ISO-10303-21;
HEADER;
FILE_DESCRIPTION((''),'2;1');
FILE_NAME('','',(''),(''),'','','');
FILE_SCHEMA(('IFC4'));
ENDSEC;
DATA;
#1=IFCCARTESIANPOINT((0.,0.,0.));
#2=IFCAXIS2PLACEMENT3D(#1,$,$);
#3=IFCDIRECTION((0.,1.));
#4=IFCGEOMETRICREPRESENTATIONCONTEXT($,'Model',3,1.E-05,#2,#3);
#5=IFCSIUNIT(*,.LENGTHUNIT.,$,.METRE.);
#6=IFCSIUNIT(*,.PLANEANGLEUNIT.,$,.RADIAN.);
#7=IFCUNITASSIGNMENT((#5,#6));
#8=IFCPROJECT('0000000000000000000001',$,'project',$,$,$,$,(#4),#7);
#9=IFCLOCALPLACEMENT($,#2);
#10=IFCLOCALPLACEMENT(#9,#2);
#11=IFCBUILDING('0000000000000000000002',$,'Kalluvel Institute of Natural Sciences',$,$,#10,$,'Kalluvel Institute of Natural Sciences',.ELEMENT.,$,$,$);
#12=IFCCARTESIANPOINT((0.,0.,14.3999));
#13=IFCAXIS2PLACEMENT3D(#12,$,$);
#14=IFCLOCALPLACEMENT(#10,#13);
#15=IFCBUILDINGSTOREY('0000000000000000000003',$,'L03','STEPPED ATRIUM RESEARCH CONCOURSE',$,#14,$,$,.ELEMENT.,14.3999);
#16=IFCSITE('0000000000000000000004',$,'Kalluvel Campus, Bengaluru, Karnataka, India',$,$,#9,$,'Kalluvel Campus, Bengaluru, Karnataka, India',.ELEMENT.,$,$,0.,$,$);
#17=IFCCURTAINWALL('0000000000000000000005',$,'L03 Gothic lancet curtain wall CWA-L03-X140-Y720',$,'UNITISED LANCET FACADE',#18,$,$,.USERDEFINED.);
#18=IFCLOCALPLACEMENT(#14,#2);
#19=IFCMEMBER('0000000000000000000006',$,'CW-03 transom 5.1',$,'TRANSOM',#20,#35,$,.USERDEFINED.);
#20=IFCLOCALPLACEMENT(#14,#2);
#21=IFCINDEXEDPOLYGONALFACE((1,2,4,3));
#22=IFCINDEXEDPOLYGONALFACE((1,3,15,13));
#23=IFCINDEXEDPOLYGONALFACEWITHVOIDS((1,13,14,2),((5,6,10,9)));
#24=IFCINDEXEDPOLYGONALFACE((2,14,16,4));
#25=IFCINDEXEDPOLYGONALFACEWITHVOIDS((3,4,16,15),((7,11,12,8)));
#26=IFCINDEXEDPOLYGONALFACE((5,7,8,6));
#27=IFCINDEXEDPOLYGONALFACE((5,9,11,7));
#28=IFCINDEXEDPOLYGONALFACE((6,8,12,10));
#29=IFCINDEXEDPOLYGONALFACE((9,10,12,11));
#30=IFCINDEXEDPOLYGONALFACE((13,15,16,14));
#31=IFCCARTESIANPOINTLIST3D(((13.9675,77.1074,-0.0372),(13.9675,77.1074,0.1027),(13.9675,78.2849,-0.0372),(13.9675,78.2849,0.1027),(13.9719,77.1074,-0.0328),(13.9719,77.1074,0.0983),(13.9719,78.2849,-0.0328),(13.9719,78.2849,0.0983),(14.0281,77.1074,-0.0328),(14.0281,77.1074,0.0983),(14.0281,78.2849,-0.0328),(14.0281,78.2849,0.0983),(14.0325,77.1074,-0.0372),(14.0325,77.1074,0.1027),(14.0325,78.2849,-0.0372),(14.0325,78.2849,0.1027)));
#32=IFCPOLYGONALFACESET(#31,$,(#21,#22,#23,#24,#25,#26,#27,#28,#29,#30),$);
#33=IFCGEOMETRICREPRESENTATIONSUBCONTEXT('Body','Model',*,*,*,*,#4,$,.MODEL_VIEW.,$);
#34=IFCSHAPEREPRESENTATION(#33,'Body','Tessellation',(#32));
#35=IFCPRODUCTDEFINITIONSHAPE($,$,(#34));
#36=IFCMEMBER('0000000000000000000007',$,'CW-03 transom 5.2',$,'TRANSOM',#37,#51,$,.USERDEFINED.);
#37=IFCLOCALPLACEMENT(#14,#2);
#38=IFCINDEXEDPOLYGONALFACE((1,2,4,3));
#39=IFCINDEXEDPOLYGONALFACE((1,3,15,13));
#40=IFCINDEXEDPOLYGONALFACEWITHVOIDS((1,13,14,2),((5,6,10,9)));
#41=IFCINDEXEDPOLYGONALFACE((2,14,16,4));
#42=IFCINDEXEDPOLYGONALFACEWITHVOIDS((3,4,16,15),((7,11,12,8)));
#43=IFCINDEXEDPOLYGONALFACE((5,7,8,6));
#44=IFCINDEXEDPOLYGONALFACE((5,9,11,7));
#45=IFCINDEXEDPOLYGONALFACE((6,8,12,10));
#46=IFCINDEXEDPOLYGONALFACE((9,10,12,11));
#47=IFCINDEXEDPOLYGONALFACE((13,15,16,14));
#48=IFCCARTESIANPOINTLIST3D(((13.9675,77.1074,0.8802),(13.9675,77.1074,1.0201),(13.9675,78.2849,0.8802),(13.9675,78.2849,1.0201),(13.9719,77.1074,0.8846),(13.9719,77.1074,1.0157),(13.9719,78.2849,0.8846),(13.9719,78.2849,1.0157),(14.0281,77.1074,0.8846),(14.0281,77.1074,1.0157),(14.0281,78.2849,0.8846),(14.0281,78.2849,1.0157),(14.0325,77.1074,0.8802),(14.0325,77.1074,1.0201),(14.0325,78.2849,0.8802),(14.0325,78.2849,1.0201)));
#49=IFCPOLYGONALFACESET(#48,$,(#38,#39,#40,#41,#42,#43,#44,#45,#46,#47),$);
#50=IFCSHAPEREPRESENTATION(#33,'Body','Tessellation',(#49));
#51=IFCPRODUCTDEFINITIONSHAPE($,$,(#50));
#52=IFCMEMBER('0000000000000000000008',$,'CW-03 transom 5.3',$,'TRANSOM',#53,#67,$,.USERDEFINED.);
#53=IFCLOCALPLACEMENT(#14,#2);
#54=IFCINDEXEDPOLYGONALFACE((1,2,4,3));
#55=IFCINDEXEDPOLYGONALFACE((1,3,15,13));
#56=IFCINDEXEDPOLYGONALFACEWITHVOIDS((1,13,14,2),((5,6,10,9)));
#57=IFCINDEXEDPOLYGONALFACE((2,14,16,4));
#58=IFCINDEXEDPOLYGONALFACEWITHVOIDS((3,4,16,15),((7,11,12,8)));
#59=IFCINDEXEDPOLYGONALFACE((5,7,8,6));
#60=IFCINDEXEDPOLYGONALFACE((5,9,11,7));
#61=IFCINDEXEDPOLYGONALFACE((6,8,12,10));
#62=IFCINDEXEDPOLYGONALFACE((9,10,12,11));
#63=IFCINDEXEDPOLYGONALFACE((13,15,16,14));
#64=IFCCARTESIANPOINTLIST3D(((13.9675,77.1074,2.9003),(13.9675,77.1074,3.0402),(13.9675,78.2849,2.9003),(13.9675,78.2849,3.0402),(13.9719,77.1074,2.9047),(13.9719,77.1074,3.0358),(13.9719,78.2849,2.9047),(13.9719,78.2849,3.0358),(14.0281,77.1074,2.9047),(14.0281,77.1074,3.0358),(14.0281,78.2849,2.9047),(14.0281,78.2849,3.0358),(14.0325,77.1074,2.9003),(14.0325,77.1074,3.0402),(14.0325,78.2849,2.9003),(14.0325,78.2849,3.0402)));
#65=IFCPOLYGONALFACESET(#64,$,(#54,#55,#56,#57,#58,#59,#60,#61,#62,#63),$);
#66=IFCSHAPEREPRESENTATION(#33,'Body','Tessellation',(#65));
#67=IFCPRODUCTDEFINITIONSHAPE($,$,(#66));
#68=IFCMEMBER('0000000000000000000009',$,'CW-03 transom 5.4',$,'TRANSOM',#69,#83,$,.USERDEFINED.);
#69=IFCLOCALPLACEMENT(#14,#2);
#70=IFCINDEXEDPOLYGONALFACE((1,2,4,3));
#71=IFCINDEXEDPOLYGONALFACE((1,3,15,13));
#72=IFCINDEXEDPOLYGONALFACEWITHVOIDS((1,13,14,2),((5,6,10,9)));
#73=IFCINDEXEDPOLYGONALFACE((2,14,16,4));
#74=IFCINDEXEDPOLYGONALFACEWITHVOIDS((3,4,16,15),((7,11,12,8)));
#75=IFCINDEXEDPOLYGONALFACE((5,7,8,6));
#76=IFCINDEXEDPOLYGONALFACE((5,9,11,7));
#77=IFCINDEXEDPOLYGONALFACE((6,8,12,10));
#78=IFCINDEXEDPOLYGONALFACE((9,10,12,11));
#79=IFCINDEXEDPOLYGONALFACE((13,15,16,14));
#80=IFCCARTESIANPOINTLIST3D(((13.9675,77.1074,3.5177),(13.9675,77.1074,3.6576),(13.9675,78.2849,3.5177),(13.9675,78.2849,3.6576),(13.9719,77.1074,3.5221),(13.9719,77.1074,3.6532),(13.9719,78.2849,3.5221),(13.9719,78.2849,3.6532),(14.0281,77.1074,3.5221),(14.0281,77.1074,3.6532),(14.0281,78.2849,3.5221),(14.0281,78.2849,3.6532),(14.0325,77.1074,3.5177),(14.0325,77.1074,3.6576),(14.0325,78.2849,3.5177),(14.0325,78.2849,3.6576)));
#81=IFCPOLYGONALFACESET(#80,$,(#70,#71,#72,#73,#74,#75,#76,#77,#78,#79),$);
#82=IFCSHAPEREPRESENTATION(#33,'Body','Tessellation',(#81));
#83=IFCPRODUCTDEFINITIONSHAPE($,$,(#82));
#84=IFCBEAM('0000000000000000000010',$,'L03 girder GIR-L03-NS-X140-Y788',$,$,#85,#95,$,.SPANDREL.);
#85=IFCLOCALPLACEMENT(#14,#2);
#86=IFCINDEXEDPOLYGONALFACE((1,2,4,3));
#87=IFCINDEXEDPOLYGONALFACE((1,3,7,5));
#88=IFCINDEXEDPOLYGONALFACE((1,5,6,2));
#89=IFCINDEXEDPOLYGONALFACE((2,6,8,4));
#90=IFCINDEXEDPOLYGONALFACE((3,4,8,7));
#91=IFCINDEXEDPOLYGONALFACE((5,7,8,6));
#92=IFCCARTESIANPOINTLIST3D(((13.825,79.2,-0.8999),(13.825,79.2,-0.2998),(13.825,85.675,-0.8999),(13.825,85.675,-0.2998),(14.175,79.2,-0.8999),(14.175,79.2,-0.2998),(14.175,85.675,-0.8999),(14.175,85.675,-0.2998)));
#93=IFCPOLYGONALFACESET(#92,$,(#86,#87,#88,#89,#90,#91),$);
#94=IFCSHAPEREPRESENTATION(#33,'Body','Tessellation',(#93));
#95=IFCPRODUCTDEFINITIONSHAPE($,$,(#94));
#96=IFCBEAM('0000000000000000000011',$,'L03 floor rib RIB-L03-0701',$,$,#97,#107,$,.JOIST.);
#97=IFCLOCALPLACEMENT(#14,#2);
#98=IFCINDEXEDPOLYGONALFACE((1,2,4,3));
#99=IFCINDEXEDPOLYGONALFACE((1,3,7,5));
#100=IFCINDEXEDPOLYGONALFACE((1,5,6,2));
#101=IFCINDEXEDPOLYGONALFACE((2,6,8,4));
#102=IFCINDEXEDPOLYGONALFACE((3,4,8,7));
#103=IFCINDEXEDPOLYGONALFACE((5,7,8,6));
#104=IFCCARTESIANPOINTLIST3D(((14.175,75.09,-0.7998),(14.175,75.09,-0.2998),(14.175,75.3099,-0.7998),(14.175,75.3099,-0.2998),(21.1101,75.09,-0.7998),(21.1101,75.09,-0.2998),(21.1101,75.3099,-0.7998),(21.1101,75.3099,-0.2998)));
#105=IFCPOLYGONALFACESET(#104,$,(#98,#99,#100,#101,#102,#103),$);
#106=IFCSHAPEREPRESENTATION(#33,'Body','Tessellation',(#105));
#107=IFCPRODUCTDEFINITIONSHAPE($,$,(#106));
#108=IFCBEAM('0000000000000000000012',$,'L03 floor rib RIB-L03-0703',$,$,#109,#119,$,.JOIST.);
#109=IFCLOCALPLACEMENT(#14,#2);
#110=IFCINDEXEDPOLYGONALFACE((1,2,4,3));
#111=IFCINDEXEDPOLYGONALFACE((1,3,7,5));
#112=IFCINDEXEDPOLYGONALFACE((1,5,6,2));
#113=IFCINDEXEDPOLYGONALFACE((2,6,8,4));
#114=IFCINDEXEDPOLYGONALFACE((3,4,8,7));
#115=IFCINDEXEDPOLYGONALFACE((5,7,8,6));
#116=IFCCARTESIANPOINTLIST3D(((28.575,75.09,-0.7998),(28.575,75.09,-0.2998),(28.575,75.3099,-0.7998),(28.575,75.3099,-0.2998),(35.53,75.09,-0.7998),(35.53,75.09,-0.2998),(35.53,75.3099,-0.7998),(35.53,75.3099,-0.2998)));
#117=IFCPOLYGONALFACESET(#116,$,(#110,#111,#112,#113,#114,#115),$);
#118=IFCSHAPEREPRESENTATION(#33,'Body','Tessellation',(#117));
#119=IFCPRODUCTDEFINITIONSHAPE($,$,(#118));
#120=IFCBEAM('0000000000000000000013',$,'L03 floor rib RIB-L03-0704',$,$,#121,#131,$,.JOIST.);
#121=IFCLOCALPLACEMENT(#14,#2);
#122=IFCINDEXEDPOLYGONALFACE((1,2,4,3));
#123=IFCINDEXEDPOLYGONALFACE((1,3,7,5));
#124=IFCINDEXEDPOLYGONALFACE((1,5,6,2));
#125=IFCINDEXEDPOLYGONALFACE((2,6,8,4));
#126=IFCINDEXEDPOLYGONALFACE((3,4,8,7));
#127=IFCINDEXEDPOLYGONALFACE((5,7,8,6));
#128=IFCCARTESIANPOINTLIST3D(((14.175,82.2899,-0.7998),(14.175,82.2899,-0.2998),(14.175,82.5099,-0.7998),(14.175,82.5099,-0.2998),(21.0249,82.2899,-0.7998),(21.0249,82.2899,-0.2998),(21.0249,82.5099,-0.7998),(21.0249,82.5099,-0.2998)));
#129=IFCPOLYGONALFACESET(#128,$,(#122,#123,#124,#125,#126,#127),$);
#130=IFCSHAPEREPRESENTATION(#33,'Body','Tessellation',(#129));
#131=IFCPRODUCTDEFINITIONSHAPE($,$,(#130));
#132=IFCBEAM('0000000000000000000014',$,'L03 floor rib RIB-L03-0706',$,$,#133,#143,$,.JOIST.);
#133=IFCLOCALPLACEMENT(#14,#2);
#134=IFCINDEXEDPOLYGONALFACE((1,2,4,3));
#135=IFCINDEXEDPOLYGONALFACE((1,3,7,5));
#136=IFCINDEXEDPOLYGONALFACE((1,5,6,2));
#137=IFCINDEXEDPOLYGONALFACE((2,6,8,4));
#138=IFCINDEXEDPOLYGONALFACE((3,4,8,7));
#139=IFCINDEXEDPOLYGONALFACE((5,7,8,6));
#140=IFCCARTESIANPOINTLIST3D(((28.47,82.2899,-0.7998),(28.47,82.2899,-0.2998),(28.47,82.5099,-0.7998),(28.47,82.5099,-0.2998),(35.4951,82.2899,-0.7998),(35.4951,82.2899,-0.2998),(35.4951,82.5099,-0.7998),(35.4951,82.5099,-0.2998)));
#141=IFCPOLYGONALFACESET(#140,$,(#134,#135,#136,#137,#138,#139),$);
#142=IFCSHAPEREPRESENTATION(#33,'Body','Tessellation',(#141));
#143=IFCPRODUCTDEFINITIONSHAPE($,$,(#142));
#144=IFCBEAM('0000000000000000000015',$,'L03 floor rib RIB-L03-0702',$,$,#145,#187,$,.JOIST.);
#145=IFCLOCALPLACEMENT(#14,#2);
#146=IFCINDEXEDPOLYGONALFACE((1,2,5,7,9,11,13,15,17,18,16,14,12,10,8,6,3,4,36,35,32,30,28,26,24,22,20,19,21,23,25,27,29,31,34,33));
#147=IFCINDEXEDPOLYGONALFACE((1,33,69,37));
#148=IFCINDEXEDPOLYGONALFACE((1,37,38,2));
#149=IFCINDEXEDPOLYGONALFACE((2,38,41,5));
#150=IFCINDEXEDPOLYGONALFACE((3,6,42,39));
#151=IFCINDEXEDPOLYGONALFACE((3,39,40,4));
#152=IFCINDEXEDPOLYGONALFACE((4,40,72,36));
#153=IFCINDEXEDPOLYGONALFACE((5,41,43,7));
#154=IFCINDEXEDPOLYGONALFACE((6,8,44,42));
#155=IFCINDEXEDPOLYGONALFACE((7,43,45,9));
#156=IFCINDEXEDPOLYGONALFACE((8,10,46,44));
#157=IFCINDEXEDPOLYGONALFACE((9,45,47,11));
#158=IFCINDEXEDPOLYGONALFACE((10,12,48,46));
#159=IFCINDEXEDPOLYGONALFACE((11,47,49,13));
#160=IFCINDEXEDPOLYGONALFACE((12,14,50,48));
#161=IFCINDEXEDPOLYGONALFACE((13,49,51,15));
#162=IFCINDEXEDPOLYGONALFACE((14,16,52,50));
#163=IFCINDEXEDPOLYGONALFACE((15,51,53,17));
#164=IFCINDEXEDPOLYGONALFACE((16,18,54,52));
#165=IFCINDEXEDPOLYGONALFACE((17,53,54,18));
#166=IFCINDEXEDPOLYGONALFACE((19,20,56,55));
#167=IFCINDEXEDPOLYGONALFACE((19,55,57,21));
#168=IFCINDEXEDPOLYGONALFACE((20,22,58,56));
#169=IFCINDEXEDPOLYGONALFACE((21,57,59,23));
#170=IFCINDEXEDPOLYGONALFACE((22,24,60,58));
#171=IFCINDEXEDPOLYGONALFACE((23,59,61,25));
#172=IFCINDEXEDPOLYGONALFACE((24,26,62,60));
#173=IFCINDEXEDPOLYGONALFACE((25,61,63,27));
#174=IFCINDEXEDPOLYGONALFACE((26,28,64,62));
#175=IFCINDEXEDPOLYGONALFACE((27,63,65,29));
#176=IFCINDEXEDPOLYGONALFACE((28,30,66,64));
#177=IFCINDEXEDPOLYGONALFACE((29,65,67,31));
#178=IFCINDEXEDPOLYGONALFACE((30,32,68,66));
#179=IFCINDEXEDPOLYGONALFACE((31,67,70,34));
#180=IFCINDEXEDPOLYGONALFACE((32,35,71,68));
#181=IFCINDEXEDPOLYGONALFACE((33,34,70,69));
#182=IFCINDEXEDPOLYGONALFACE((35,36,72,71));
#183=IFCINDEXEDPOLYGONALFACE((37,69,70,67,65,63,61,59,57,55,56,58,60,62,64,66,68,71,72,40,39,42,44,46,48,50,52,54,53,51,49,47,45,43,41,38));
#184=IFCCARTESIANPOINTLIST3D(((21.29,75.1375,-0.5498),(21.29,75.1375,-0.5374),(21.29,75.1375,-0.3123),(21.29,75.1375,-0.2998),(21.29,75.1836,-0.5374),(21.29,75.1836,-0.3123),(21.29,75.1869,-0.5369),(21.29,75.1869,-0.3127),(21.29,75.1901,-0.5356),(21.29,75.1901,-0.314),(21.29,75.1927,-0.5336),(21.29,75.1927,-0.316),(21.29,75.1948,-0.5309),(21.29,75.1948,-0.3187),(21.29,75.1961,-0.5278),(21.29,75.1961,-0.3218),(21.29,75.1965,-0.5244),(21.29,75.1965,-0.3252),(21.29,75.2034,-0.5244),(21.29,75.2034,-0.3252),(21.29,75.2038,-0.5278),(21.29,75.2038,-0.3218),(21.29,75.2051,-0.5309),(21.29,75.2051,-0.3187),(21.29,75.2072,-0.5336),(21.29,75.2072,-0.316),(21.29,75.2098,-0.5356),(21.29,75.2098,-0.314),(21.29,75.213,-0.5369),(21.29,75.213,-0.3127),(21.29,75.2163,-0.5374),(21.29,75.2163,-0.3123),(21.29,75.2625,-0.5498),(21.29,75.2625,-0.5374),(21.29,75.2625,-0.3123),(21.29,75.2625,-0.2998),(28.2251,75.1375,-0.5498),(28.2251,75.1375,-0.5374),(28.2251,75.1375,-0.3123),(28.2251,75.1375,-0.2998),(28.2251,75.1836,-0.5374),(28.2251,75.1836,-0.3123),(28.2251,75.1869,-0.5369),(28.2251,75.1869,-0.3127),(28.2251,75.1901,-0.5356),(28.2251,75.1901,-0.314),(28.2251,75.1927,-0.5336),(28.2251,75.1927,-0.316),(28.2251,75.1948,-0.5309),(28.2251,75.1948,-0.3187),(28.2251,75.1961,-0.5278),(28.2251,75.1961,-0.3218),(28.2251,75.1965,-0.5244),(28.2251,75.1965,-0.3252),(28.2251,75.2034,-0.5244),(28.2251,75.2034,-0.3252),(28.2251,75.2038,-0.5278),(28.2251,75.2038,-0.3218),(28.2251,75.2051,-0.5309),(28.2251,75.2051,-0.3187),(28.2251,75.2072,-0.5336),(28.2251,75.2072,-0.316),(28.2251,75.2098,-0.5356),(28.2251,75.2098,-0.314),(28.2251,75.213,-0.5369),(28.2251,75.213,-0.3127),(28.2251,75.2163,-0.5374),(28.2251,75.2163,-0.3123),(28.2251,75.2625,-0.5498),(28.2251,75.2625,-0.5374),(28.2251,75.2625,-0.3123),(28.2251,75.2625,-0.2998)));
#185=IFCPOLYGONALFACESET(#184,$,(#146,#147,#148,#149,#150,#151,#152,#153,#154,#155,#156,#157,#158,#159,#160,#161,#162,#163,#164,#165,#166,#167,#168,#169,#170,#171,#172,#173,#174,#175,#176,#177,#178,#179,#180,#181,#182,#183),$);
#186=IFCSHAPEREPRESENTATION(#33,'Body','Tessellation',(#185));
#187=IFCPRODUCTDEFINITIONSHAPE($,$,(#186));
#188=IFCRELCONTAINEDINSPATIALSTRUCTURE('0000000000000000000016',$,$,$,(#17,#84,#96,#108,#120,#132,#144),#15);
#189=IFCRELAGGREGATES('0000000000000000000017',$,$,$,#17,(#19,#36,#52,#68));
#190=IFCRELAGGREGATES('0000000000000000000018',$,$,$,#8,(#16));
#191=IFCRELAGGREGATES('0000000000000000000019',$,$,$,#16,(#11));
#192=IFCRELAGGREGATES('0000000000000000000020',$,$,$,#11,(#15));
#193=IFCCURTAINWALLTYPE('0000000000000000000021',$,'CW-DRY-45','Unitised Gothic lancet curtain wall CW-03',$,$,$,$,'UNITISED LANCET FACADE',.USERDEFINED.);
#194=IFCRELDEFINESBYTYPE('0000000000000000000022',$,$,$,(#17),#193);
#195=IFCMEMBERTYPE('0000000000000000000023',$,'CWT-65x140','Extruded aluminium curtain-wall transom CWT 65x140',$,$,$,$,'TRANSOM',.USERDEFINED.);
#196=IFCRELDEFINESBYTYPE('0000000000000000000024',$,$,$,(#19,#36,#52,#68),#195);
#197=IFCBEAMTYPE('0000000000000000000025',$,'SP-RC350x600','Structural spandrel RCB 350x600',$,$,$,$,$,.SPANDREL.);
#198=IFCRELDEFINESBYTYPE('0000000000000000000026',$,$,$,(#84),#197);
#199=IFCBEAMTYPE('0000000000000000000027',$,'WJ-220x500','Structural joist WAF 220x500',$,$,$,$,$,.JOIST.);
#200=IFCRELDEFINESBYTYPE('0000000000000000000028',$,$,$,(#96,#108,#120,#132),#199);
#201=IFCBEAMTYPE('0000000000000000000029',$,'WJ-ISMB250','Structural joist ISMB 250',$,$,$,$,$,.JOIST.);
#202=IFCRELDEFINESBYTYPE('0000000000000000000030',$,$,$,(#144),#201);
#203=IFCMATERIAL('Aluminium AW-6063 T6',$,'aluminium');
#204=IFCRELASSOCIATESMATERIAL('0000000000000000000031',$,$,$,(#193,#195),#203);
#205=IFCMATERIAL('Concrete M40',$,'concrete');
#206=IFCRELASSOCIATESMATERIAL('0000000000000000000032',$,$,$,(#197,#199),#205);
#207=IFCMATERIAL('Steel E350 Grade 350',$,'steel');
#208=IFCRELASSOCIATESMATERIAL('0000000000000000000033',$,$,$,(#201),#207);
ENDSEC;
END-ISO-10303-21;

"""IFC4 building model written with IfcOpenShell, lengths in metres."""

from ifc_helpers import new_model, si_unit, direction, frame, origin, origin_2d, place, context, subcontext, project, spatial, rectangle, hollow_rectangle, i_section, extrude, material, material_profile, profile_set, type_object, element, aggregate, save


model = new_model("IFC4")

# Units and contexts
model_context = context("Model", 3, precision=1e-05, world=origin(), true_north=direction((0.0, 1.0)))
body_context = subcontext(model_context, "Body", "Model", "MODEL_VIEW")
ifc_project = project(units=[si_unit("LENGTHUNIT", "METRE"), si_unit("PLANEANGLEUNIT", "RADIAN")], contexts=[model_context])

# Site, building, storey
site_placement = place(None, origin())
site = spatial("IfcSite", under=ifc_project, at=site_placement, Name="Kalluvel Campus, Bengaluru, Karnataka, India", LongName="Kalluvel Campus, Bengaluru, Karnataka, India", CompositionType="ELEMENT", RefElevation=0.0)
building_placement = place(site_placement, origin())
building = spatial("IfcBuilding", under=site, at=building_placement, Name="Kalluvel Institute of Natural Sciences", LongName="Kalluvel Institute of Natural Sciences", CompositionType="ELEMENT")
storey_placement = place(building_placement, frame((0.0, 0.0, 14.3999)))
storey = spatial("IfcBuildingStorey", under=building, at=storey_placement, Name="L03", Description="STEPPED ATRIUM RESEARCH CONCOURSE", CompositionType="ELEMENT", Elevation=14.3999)

# Shared definitions
ifc_material_1 = material(Name="Concrete M40", Category="concrete")

# Shared definitions
ifc_material_2 = material(Name="Steel E350 Grade 350", Category="steel")

# Curtain wall, members
ifc_material_3 = material(Name="Aluminium AW-6063 T6", Category="aluminium")
curtain_wall_type = type_object("IfcCurtainWallType", Name="CW-DRY-45", Description="Unitised Gothic lancet curtain wall CW-03", ElementType="UNITISED LANCET FACADE", PredefinedType="USERDEFINED", material=ifc_material_3)
curtain_wall_placement = place(storey_placement, origin())
curtain_wall = element("IfcCurtainWall", 1, at=curtain_wall_placement, inside=storey, type_object=curtain_wall_type, Name="L03 Gothic lancet curtain wall CWA-L03-X140-Y720", ObjectType="UNITISED LANCET FACADE", PredefinedType="USERDEFINED")
ifc_material_profile_1 = material_profile(ifc_material_3, hollow_rectangle(XDim=0.0649, YDim=0.1399, WallThickness=0.0044, at=origin_2d()), Name="CWT 65x140")
ifc_profile_set_1 = profile_set([ifc_material_profile_1], Name="Aluminium AW-6063 T6")
member_type_1 = type_object("IfcMemberType", Name="CWT-65x140", Description="Extruded aluminium curtain-wall transom CWT 65x140", ElementType="TRANSOM", PredefinedType="USERDEFINED", material=ifc_profile_set_1)
member_1_placement = place(storey_placement, frame((14.0, 77.1074, 0.0327), z_axis=(0.0, 1.0, 0.0), x_axis=(-1.0, 0.0, 0.0)))
member_1 = element("IfcMember", 2, at=member_1_placement, type_object=member_type_1, Name="CW-03 transom 5.1", ObjectType="TRANSOM", PredefinedType="USERDEFINED", context=body_context, shape_type="SweptSolid", body=[
    extrude(hollow_rectangle(XDim=0.0649, YDim=0.1399, WallThickness=0.0044, at=origin_2d()), origin(), (0.0, 0.0, 1.0), 1.1775),
])
member_2_placement = place(storey_placement, frame((14.0, 77.1074, 0.9502), z_axis=(0.0, 1.0, 0.0), x_axis=(-1.0, 0.0, 0.0)))
member_2 = element("IfcMember", 3, at=member_2_placement, type_object=member_type_1, Name="CW-03 transom 5.2", ObjectType="TRANSOM", PredefinedType="USERDEFINED", context=body_context, shape_type="SweptSolid", body=[
    extrude(hollow_rectangle(XDim=0.0649, YDim=0.1399, WallThickness=0.0044, at=origin_2d()), origin(), (0.0, 0.0, 1.0), 1.1775),
])
member_3_placement = place(storey_placement, frame((14.0, 77.1074, 2.9702), z_axis=(0.0, 1.0, 0.0), x_axis=(-1.0, 0.0, 0.0)))
member_3 = element("IfcMember", 4, at=member_3_placement, type_object=member_type_1, Name="CW-03 transom 5.3", ObjectType="TRANSOM", PredefinedType="USERDEFINED", context=body_context, shape_type="SweptSolid", body=[
    extrude(hollow_rectangle(XDim=0.0649, YDim=0.1399, WallThickness=0.0044, at=origin_2d()), origin(), (0.0, 0.0, 1.0), 1.1775),
])
member_4_placement = place(storey_placement, frame((14.0, 77.1074, 3.5876), z_axis=(0.0, 1.0, 0.0), x_axis=(-1.0, 0.0, 0.0)))
member_4 = element("IfcMember", 5, at=member_4_placement, type_object=member_type_1, Name="CW-03 transom 5.4", ObjectType="TRANSOM", PredefinedType="USERDEFINED", context=body_context, shape_type="SweptSolid", body=[
    extrude(hollow_rectangle(XDim=0.0649, YDim=0.1399, WallThickness=0.0044, at=origin_2d()), origin(), (0.0, 0.0, 1.0), 1.1775),
])

# Beams
ifc_material_profile_2 = material_profile(ifc_material_1, rectangle(XDim=0.3501, YDim=0.6001, at=origin_2d()), Name="RCB 350x600")
ifc_profile_set_2 = profile_set([ifc_material_profile_2], Name="Concrete M40")
beam_type_1 = type_object("IfcBeamType", Name="SP-RC350x600", Description="Structural spandrel RCB 350x600", PredefinedType="SPANDREL", material=ifc_profile_set_2)
beam_1_placement = place(storey_placement, frame((14.0, 79.2, -0.5999), z_axis=(0.0, 1.0, 0.0), x_axis=(-1.0, 0.0, 0.0)))
element("IfcBeam", 6, at=beam_1_placement, inside=storey, type_object=beam_type_1, Name="L03 girder GIR-L03-NS-X140-Y788", PredefinedType="SPANDREL", context=body_context, shape_type="SweptSolid", body=[
    extrude(rectangle(XDim=0.3501, YDim=0.6001, at=origin_2d()), origin(), (0.0, 0.0, 1.0), 6.4751),
])
ifc_material_profile_3 = material_profile(ifc_material_1, rectangle(XDim=0.22, YDim=0.5, at=origin_2d()), Name="WAF 220x500")
ifc_profile_set_3 = profile_set([ifc_material_profile_3], Name="Concrete M40")
beam_type_2 = type_object("IfcBeamType", Name="WJ-220x500", Description="Structural joist WAF 220x500", PredefinedType="JOIST", material=ifc_profile_set_3)
beam_2_placement = place(storey_placement, frame((14.175, 75.2, -0.5498), z_axis=(1.0, 0.0, 0.0), x_axis=(0.0, 1.0, 0.0)))
element("IfcBeam", 7, at=beam_2_placement, inside=storey, type_object=beam_type_2, Name="L03 floor rib RIB-L03-0701", PredefinedType="JOIST", context=body_context, shape_type="SweptSolid", body=[
    extrude(rectangle(XDim=0.22, YDim=0.5, at=origin_2d()), origin(), (0.0, 0.0, 1.0), 6.9351),
])
beam_3_placement = place(storey_placement, frame((28.575, 75.2, -0.5498), z_axis=(1.0, 0.0, 0.0), x_axis=(0.0, 1.0, 0.0)))
element("IfcBeam", 8, at=beam_3_placement, inside=storey, type_object=beam_type_2, Name="L03 floor rib RIB-L03-0703", PredefinedType="JOIST", context=body_context, shape_type="SweptSolid", body=[
    extrude(rectangle(XDim=0.22, YDim=0.5, at=origin_2d()), origin(), (0.0, 0.0, 1.0), 6.9551),
])
beam_4_placement = place(storey_placement, frame((14.175, 82.3999, -0.5498), z_axis=(1.0, 0.0, 0.0), x_axis=(0.0, 1.0, 0.0)))
element("IfcBeam", 9, at=beam_4_placement, inside=storey, type_object=beam_type_2, Name="L03 floor rib RIB-L03-0704", PredefinedType="JOIST", context=body_context, shape_type="SweptSolid", body=[
    extrude(rectangle(XDim=0.22, YDim=0.5, at=origin_2d()), origin(), (0.0, 0.0, 1.0), 6.8499),
])
beam_5_placement = place(storey_placement, frame((28.47, 82.3999, -0.5498), z_axis=(1.0, 0.0, 0.0), x_axis=(0.0, 1.0, 0.0)))
element("IfcBeam", 10, at=beam_5_placement, inside=storey, type_object=beam_type_2, Name="L03 floor rib RIB-L03-0706", PredefinedType="JOIST", context=body_context, shape_type="SweptSolid", body=[
    extrude(rectangle(XDim=0.22, YDim=0.5, at=origin_2d()), origin(), (0.0, 0.0, 1.0), 7.0251),
])
ifc_material_profile_4 = material_profile(ifc_material_2, i_section(OverallWidth=0.125, OverallDepth=0.25, WebThickness=0.0068, FlangeThickness=0.0125, FilletRadius=0.0129, at=origin_2d()), Name="ISMB 250")
ifc_profile_set_4 = profile_set([ifc_material_profile_4], Name="Steel E350 Grade 350")
beam_type_3 = type_object("IfcBeamType", Name="WJ-ISMB250", Description="Structural joist ISMB 250", PredefinedType="JOIST", material=ifc_profile_set_4)
beam_6_placement = place(storey_placement, frame((21.29, 75.2, -0.4248), z_axis=(1.0, 0.0, 0.0), x_axis=(0.0, 1.0, 0.0)))
element("IfcBeam", 11, at=beam_6_placement, inside=storey, type_object=beam_type_3, Name="L03 floor rib RIB-L03-0702", PredefinedType="JOIST", context=body_context, shape_type="SweptSolid", body=[
    extrude(i_section(OverallWidth=0.125, OverallDepth=0.25, WebThickness=0.0068, FlangeThickness=0.0125, FilletRadius=0.0129, at=origin_2d()), origin(), (0.0, 0.0, 1.0), 6.9351),
])

aggregate(curtain_wall, [member_1, member_2, member_3, member_4])

save(model, "model.ifc")
